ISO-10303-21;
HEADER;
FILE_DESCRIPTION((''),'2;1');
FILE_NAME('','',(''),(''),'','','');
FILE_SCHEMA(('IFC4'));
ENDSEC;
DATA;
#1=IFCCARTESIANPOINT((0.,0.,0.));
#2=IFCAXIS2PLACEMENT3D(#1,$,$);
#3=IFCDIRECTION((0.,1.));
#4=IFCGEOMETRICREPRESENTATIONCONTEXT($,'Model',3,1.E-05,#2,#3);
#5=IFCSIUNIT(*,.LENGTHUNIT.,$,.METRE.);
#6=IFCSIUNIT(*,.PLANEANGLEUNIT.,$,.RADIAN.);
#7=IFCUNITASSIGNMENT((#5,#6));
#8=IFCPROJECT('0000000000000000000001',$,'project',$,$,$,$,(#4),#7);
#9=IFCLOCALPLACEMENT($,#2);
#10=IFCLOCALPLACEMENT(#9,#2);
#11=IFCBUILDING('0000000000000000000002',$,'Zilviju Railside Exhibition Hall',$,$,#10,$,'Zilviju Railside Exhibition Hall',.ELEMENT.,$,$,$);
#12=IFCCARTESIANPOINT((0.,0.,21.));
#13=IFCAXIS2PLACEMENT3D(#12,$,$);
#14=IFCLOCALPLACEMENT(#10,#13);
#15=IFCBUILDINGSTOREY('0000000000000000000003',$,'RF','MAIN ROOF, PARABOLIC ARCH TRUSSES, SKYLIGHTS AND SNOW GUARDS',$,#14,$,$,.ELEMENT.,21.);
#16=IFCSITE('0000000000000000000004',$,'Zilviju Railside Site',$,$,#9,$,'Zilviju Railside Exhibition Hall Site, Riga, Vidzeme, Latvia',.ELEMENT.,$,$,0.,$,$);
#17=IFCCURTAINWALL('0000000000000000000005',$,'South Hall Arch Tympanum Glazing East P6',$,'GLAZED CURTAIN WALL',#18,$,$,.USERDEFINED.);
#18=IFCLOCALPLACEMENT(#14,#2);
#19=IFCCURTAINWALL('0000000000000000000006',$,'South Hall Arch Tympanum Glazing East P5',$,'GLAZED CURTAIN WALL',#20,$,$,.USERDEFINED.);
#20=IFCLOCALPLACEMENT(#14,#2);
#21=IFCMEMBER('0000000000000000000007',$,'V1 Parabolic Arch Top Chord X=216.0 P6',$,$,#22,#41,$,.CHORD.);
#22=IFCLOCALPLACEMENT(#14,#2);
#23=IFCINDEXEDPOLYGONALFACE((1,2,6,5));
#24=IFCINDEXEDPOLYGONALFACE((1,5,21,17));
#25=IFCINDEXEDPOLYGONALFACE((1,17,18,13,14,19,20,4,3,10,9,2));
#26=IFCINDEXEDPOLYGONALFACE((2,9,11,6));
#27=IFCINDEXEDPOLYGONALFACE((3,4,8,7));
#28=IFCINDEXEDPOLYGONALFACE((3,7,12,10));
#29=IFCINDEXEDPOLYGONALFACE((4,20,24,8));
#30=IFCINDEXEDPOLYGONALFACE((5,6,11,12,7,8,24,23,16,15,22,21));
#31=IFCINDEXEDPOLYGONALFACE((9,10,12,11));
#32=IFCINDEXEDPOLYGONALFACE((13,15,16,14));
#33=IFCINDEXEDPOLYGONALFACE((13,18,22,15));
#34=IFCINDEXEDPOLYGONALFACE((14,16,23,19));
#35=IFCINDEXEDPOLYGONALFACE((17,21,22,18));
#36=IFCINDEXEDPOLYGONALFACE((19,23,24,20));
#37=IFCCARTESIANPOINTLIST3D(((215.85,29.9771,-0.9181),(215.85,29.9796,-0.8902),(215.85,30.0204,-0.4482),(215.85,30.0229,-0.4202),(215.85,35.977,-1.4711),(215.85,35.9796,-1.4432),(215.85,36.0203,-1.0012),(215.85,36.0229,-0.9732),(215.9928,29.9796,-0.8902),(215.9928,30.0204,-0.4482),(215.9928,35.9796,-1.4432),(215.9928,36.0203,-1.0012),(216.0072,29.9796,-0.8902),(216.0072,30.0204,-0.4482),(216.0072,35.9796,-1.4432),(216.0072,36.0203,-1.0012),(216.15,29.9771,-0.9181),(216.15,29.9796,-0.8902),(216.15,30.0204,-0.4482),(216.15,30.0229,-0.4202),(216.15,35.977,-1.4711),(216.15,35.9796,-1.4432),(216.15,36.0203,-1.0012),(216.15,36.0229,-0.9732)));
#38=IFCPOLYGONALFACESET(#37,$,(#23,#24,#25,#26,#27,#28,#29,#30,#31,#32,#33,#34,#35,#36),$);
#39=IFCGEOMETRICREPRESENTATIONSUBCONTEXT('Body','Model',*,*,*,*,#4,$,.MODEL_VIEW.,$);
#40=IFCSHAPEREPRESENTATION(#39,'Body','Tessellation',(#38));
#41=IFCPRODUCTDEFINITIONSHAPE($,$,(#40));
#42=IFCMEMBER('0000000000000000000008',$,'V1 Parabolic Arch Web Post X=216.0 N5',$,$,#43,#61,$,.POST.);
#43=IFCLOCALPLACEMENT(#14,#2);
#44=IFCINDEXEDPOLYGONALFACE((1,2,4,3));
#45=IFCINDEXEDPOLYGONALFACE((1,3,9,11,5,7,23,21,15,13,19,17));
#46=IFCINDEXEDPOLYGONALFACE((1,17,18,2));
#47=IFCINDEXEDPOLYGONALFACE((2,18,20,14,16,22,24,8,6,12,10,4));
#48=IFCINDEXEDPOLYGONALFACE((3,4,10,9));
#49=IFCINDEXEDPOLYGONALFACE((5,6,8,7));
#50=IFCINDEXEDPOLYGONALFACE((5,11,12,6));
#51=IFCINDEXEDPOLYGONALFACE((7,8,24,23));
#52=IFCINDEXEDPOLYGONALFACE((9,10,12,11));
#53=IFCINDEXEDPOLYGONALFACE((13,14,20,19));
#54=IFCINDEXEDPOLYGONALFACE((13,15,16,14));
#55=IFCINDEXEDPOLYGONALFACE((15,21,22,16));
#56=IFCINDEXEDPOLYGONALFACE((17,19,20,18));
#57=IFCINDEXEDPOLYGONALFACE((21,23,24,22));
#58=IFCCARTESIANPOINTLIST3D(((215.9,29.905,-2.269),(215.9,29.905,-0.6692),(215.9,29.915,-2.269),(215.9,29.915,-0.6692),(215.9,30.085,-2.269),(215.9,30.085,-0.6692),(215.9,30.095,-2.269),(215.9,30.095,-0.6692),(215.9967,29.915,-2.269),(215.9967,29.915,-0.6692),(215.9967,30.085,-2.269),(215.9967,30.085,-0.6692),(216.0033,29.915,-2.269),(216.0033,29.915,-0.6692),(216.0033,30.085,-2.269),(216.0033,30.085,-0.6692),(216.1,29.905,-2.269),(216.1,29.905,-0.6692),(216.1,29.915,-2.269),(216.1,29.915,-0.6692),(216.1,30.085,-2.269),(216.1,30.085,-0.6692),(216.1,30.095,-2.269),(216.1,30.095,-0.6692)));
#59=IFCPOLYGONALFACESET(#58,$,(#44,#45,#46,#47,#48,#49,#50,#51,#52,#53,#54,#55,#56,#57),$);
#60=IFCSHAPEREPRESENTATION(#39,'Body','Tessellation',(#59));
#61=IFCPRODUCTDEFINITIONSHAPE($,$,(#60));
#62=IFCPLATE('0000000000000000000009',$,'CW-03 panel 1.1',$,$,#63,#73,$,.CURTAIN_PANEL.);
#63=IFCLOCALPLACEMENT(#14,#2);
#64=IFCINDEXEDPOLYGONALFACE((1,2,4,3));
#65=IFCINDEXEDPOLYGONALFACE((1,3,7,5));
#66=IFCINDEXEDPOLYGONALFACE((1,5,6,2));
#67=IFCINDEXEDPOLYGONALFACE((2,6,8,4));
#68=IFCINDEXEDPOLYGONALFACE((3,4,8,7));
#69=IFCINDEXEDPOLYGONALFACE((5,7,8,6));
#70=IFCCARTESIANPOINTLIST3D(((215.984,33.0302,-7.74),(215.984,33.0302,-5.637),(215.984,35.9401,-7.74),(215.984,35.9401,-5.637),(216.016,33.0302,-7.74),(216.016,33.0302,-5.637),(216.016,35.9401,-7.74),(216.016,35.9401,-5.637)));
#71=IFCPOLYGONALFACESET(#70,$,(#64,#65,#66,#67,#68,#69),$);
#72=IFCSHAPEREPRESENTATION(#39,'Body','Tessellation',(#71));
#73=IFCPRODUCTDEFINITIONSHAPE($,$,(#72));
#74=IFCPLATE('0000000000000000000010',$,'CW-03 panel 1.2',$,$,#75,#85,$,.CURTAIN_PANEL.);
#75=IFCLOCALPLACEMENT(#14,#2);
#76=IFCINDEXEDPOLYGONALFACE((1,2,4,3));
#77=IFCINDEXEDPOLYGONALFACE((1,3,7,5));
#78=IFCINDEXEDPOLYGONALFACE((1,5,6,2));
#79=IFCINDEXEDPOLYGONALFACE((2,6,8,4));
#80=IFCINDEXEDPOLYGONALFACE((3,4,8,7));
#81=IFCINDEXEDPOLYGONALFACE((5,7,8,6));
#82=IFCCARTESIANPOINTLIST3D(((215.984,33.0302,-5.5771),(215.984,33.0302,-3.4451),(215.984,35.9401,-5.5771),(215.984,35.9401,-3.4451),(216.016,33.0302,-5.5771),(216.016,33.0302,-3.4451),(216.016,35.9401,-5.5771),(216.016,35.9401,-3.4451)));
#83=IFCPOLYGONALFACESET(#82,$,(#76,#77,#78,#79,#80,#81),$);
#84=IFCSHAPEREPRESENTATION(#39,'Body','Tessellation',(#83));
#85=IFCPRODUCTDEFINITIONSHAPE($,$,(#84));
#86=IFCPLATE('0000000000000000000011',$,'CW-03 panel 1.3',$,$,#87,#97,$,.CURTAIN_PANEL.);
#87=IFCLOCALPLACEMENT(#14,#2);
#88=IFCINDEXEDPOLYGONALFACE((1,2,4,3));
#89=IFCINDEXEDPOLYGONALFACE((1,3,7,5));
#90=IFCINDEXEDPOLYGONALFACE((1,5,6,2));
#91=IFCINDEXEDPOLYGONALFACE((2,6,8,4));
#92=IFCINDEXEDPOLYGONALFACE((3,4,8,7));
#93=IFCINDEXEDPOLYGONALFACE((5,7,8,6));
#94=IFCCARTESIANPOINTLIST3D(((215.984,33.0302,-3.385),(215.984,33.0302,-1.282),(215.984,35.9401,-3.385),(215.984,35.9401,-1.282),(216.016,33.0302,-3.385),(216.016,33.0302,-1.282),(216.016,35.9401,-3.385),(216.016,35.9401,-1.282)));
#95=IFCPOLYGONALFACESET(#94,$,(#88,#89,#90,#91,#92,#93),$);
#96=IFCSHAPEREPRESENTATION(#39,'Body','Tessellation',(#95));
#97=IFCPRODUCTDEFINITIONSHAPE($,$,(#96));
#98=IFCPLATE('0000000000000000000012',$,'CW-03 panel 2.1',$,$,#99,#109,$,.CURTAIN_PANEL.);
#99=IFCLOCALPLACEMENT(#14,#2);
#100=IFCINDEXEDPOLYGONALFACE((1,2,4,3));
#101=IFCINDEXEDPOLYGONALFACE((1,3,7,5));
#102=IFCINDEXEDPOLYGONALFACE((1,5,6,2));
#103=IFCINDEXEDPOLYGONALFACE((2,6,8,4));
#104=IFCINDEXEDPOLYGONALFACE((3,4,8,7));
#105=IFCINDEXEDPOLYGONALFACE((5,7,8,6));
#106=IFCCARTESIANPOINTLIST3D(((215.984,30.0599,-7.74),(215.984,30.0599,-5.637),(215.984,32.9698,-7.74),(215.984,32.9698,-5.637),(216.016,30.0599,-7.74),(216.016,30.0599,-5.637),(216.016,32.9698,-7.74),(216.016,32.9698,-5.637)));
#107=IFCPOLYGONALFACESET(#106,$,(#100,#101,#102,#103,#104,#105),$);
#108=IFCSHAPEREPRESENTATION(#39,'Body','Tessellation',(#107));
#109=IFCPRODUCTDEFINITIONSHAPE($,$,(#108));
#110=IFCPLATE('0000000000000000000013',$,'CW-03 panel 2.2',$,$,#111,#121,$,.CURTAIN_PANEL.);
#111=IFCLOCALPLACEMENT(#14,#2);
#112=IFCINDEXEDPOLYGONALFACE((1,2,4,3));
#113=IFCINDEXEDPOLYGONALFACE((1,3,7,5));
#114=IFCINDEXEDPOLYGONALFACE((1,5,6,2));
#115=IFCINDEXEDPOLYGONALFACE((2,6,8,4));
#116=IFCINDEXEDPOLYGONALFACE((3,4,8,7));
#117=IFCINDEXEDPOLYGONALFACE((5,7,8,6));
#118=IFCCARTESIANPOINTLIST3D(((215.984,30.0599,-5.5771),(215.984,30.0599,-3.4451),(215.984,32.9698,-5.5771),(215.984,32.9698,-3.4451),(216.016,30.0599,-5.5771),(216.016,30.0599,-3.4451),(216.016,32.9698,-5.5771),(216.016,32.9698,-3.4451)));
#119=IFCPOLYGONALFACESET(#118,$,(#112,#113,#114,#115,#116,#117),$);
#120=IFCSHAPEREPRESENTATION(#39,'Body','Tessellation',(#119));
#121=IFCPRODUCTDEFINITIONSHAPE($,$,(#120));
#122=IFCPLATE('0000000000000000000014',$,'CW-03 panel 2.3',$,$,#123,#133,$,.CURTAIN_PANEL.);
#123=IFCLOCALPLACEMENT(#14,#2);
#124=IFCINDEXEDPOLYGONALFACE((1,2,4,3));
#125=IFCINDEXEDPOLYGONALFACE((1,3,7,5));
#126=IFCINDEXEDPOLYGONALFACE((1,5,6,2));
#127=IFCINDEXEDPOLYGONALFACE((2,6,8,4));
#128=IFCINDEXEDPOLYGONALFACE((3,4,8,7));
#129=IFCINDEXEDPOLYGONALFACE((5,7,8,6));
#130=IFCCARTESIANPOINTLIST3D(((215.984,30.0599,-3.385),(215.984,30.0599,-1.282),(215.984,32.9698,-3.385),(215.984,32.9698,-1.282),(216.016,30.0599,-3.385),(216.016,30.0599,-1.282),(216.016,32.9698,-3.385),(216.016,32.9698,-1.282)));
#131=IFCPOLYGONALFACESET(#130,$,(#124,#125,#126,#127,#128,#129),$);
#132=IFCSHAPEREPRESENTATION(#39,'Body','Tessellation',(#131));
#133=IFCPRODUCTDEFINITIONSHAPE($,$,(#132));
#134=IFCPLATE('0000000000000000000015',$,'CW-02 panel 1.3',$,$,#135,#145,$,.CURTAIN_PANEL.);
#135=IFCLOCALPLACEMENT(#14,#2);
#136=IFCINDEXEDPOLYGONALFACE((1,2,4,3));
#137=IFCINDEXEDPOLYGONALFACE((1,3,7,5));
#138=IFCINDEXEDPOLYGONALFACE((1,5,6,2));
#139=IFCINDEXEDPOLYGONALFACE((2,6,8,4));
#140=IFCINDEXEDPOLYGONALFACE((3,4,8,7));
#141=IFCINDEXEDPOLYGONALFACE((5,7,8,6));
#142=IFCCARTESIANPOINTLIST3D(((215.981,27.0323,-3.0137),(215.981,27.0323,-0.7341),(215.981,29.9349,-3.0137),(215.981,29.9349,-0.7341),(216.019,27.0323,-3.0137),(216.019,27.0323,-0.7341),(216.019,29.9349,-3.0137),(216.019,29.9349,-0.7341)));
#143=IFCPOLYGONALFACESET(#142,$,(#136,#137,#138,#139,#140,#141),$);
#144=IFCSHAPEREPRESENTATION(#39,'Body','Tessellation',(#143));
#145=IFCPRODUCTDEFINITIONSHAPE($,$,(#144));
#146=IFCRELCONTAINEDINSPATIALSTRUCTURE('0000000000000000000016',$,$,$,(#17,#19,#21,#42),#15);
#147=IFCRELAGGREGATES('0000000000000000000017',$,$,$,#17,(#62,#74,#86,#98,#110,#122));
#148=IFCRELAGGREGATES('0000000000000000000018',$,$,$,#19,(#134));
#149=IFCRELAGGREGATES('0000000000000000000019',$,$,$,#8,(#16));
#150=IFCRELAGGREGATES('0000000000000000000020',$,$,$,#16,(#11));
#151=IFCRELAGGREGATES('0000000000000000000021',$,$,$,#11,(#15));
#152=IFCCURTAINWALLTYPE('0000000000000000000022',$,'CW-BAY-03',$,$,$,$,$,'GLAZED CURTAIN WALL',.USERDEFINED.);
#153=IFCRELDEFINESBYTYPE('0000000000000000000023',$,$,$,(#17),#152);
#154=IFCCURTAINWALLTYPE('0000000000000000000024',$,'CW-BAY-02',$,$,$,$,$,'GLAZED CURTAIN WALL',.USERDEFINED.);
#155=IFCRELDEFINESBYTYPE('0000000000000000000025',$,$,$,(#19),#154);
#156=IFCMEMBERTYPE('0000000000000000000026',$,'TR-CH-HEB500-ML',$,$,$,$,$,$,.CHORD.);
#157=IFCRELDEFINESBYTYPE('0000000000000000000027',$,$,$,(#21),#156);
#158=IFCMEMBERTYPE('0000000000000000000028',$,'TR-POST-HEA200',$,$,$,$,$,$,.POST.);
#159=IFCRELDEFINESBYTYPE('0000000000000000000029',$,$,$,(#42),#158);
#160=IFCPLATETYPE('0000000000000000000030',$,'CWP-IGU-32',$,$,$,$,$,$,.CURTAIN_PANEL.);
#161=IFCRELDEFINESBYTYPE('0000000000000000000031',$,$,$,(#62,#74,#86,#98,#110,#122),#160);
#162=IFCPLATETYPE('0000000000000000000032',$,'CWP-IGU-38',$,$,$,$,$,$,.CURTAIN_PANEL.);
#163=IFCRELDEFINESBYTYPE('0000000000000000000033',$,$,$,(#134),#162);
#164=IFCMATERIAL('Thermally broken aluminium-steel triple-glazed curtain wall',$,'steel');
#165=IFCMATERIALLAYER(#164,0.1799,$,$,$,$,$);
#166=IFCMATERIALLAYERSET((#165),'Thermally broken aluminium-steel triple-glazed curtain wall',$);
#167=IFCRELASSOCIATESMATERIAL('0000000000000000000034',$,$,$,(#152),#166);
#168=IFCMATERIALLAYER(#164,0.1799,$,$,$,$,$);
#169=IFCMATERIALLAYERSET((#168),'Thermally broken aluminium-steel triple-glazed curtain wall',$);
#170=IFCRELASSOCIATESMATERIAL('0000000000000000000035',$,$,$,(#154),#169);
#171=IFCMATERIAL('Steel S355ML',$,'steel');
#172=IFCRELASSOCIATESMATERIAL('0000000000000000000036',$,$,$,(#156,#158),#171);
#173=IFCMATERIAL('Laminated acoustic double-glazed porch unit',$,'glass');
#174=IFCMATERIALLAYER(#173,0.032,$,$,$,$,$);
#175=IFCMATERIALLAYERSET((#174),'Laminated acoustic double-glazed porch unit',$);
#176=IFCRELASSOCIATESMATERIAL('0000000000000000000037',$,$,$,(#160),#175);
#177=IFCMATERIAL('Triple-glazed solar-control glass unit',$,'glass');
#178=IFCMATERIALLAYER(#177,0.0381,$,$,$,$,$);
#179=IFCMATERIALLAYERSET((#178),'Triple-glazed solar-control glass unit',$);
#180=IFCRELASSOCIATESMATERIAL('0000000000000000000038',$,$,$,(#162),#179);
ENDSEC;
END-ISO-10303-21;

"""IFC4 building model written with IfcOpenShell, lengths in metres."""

from ifc_helpers import new_model, si_unit, direction, frame, origin, origin_2d, place, context, subcontext, project, spatial, rectangle, i_section, extrude, material, layer, layer_set, material_profile, profile_set, type_object, element, aggregate, save


model = new_model("IFC4")

# Units and contexts
model_context = context("Model", 3, precision=1e-05, world=origin(), true_north=direction((0.0, 1.0)))
body_context = subcontext(model_context, "Body", "Model", "MODEL_VIEW")
ifc_project = project(units=[si_unit("LENGTHUNIT", "METRE"), si_unit("PLANEANGLEUNIT", "RADIAN")], contexts=[model_context])

# Site, building, storey
site_placement = place(None, origin())
site = spatial("IfcSite", under=ifc_project, at=site_placement, Name="Zilviju Railside Site", LongName="Zilviju Railside Exhibition Hall Site, Riga, Vidzeme, Latvia", CompositionType="ELEMENT", RefElevation=0.0)
building_placement = place(site_placement, origin())
building = spatial("IfcBuilding", under=site, at=building_placement, Name="Zilviju Railside Exhibition Hall", LongName="Zilviju Railside Exhibition Hall", CompositionType="ELEMENT")
storey_placement = place(building_placement, frame((0.0, 0.0, 21.0)))
storey = spatial("IfcBuildingStorey", under=building, at=storey_placement, Name="RF", Description="MAIN ROOF, PARABOLIC ARCH TRUSSES, SKYLIGHTS AND SNOW GUARDS", CompositionType="ELEMENT", Elevation=21.0)

# Curtain wall
ifc_material_1 = material(Name="Thermally broken aluminium-steel triple-glazed curtain wall", Category="steel")
ifc_layer_1 = layer(ifc_material_1, 0.1799)
ifc_layer_set_1 = layer_set([ifc_layer_1], Name="Thermally broken aluminium-steel triple-glazed curtain wall")
curtain_wall_type_1 = type_object("IfcCurtainWallType", Name="CW-BAY-03", ElementType="GLAZED CURTAIN WALL", PredefinedType="USERDEFINED", material=ifc_layer_set_1)
curtain_wall_1_placement = place(storey_placement, origin())
curtain_wall_1 = element("IfcCurtainWall", 1, at=curtain_wall_1_placement, inside=storey, type_object=curtain_wall_type_1, Name="South Hall Arch Tympanum Glazing East P6", ObjectType="GLAZED CURTAIN WALL", PredefinedType="USERDEFINED")

# Curtain wall
ifc_layer_2 = layer(ifc_material_1, 0.1799)
ifc_layer_set_2 = layer_set([ifc_layer_2], Name="Thermally broken aluminium-steel triple-glazed curtain wall")
curtain_wall_type_2 = type_object("IfcCurtainWallType", Name="CW-BAY-02", ElementType="GLAZED CURTAIN WALL", PredefinedType="USERDEFINED", material=ifc_layer_set_2)
curtain_wall_2_placement = place(storey_placement, origin())
curtain_wall_2 = element("IfcCurtainWall", 2, at=curtain_wall_2_placement, inside=storey, type_object=curtain_wall_type_2, Name="South Hall Arch Tympanum Glazing East P5", ObjectType="GLAZED CURTAIN WALL", PredefinedType="USERDEFINED")

# Members
ifc_material_2 = material(Name="Steel S355ML", Category="steel")
ifc_material_profile_1 = material_profile(ifc_material_2, i_section(OverallWidth=0.3, OverallDepth=0.5, WebThickness=0.0144, FlangeThickness=0.0281, at=origin_2d()), Name="HEB 500")
ifc_profile_set_1 = profile_set([ifc_material_profile_1], Name="Steel S355ML")
member_type_1 = type_object("IfcMemberType", Name="TR-CH-HEB500-ML", PredefinedType="CHORD", material=ifc_profile_set_1)
member_1_placement = place(storey_placement, frame((216.0, 30.0, -0.6692), z_axis=(0.0, 0.99578, -0.091774), x_axis=(-1.0, 0.0, 0.0)))
element("IfcMember", 3, at=member_1_placement, inside=storey, type_object=member_type_1, Name="V1 Parabolic Arch Top Chord X=216.0 P6", PredefinedType="CHORD", context=body_context, shape_type="SweptSolid", body=[
    extrude(i_section(OverallWidth=0.3, OverallDepth=0.5, WebThickness=0.0144, FlangeThickness=0.0281, at=origin_2d()), origin(), (0.0, 0.0, 1.0), 6.0254),
])
ifc_material_profile_2 = material_profile(ifc_material_2, i_section(OverallWidth=0.2, OverallDepth=0.1899, WebThickness=0.0066, FlangeThickness=0.01, at=origin_2d()), Name="HEA 200")
ifc_profile_set_2 = profile_set([ifc_material_profile_2], Name="Steel S355ML")
member_type_2 = type_object("IfcMemberType", Name="TR-POST-HEA200", PredefinedType="POST", material=ifc_profile_set_2)
member_2_placement = place(storey_placement, frame((216.0, 30.0, -2.269), z_axis=(0.0, 0.0, 1.0), x_axis=(1.0, 0.0, 0.0)))
element("IfcMember", 4, at=member_2_placement, inside=storey, type_object=member_type_2, Name="V1 Parabolic Arch Web Post X=216.0 N5", PredefinedType="POST", context=body_context, shape_type="SweptSolid", body=[
    extrude(i_section(OverallWidth=0.2, OverallDepth=0.1899, WebThickness=0.0066, FlangeThickness=0.01, at=origin_2d()), origin(), (0.0, 0.0, 1.0), 1.5999),
])

# Plates
ifc_material_3 = material(Name="Laminated acoustic double-glazed porch unit", Category="glass")
ifc_layer_3 = layer(ifc_material_3, 0.032)
ifc_layer_set_3 = layer_set([ifc_layer_3], Name="Laminated acoustic double-glazed porch unit")
plate_type_1 = type_object("IfcPlateType", Name="CWP-IGU-32", PredefinedType="CURTAIN_PANEL", material=ifc_layer_set_3)
plate_1_placement = place(storey_placement, frame((216.0, 34.4851, -7.74), z_axis=(0.0, 0.0, 1.0), x_axis=(0.0, -1.0, 0.0)))
plate_1 = element("IfcPlate", 5, at=plate_1_placement, type_object=plate_type_1, Name="CW-03 panel 1.1", PredefinedType="CURTAIN_PANEL", context=body_context, shape_type="SweptSolid", body=[
    extrude(rectangle(XDim=2.9099, YDim=0.032, at=origin_2d()), origin(), (0.0, 0.0, 1.0), 2.103),
])
plate_2_placement = place(storey_placement, frame((216.0, 34.4851, -5.5771), z_axis=(0.0, 0.0, 1.0), x_axis=(0.0, -1.0, 0.0)))
plate_2 = element("IfcPlate", 6, at=plate_2_placement, type_object=plate_type_1, Name="CW-03 panel 1.2", PredefinedType="CURTAIN_PANEL", context=body_context, shape_type="SweptSolid", body=[
    extrude(rectangle(XDim=2.9099, YDim=0.032, at=origin_2d()), origin(), (0.0, 0.0, 1.0), 2.1321),
])
plate_3_placement = place(storey_placement, frame((216.0, 34.4851, -3.385), z_axis=(0.0, 0.0, 1.0), x_axis=(0.0, -1.0, 0.0)))
plate_3 = element("IfcPlate", 7, at=plate_3_placement, type_object=plate_type_1, Name="CW-03 panel 1.3", PredefinedType="CURTAIN_PANEL", context=body_context, shape_type="SweptSolid", body=[
    extrude(rectangle(XDim=2.9099, YDim=0.032, at=origin_2d()), origin(), (0.0, 0.0, 1.0), 2.103),
])
plate_4_placement = place(storey_placement, frame((216.0, 31.5149, -7.74), z_axis=(0.0, 0.0, 1.0), x_axis=(0.0, -1.0, 0.0)))
plate_4 = element("IfcPlate", 8, at=plate_4_placement, type_object=plate_type_1, Name="CW-03 panel 2.1", PredefinedType="CURTAIN_PANEL", context=body_context, shape_type="SweptSolid", body=[
    extrude(rectangle(XDim=2.9099, YDim=0.032, at=origin_2d()), origin(), (0.0, 0.0, 1.0), 2.103),
])
plate_5_placement = place(storey_placement, frame((216.0, 31.5149, -5.5771), z_axis=(0.0, 0.0, 1.0), x_axis=(0.0, -1.0, 0.0)))
plate_5 = element("IfcPlate", 9, at=plate_5_placement, type_object=plate_type_1, Name="CW-03 panel 2.2", PredefinedType="CURTAIN_PANEL", context=body_context, shape_type="SweptSolid", body=[
    extrude(rectangle(XDim=2.9099, YDim=0.032, at=origin_2d()), origin(), (0.0, 0.0, 1.0), 2.1321),
])
plate_6_placement = place(storey_placement, frame((216.0, 31.5149, -3.385), z_axis=(0.0, 0.0, 1.0), x_axis=(0.0, -1.0, 0.0)))
plate_6 = element("IfcPlate", 10, at=plate_6_placement, type_object=plate_type_1, Name="CW-03 panel 2.3", PredefinedType="CURTAIN_PANEL", context=body_context, shape_type="SweptSolid", body=[
    extrude(rectangle(XDim=2.9099, YDim=0.032, at=origin_2d()), origin(), (0.0, 0.0, 1.0), 2.103),
])
aggregate(curtain_wall_1, [plate_1, plate_2, plate_3, plate_4, plate_5, plate_6])
ifc_material_4 = material(Name="Triple-glazed solar-control glass unit", Category="glass")
ifc_layer_4 = layer(ifc_material_4, 0.0381)
ifc_layer_set_4 = layer_set([ifc_layer_4], Name="Triple-glazed solar-control glass unit")
plate_type_2 = type_object("IfcPlateType", Name="CWP-IGU-38", PredefinedType="CURTAIN_PANEL", material=ifc_layer_set_4)
plate_7_placement = place(storey_placement, frame((216.0, 28.4836, -3.0137), z_axis=(0.0, 0.0, 1.0), x_axis=(0.0, -1.0, 0.0)))
plate_7 = element("IfcPlate", 11, at=plate_7_placement, type_object=plate_type_2, Name="CW-02 panel 1.3", PredefinedType="CURTAIN_PANEL", context=body_context, shape_type="SweptSolid", body=[
    extrude(rectangle(XDim=2.9026, YDim=0.0381, at=origin_2d()), origin(), (0.0, 0.0, 1.0), 2.2795),
])
aggregate(curtain_wall_2, [plate_7])

save(model, "model.ifc")
